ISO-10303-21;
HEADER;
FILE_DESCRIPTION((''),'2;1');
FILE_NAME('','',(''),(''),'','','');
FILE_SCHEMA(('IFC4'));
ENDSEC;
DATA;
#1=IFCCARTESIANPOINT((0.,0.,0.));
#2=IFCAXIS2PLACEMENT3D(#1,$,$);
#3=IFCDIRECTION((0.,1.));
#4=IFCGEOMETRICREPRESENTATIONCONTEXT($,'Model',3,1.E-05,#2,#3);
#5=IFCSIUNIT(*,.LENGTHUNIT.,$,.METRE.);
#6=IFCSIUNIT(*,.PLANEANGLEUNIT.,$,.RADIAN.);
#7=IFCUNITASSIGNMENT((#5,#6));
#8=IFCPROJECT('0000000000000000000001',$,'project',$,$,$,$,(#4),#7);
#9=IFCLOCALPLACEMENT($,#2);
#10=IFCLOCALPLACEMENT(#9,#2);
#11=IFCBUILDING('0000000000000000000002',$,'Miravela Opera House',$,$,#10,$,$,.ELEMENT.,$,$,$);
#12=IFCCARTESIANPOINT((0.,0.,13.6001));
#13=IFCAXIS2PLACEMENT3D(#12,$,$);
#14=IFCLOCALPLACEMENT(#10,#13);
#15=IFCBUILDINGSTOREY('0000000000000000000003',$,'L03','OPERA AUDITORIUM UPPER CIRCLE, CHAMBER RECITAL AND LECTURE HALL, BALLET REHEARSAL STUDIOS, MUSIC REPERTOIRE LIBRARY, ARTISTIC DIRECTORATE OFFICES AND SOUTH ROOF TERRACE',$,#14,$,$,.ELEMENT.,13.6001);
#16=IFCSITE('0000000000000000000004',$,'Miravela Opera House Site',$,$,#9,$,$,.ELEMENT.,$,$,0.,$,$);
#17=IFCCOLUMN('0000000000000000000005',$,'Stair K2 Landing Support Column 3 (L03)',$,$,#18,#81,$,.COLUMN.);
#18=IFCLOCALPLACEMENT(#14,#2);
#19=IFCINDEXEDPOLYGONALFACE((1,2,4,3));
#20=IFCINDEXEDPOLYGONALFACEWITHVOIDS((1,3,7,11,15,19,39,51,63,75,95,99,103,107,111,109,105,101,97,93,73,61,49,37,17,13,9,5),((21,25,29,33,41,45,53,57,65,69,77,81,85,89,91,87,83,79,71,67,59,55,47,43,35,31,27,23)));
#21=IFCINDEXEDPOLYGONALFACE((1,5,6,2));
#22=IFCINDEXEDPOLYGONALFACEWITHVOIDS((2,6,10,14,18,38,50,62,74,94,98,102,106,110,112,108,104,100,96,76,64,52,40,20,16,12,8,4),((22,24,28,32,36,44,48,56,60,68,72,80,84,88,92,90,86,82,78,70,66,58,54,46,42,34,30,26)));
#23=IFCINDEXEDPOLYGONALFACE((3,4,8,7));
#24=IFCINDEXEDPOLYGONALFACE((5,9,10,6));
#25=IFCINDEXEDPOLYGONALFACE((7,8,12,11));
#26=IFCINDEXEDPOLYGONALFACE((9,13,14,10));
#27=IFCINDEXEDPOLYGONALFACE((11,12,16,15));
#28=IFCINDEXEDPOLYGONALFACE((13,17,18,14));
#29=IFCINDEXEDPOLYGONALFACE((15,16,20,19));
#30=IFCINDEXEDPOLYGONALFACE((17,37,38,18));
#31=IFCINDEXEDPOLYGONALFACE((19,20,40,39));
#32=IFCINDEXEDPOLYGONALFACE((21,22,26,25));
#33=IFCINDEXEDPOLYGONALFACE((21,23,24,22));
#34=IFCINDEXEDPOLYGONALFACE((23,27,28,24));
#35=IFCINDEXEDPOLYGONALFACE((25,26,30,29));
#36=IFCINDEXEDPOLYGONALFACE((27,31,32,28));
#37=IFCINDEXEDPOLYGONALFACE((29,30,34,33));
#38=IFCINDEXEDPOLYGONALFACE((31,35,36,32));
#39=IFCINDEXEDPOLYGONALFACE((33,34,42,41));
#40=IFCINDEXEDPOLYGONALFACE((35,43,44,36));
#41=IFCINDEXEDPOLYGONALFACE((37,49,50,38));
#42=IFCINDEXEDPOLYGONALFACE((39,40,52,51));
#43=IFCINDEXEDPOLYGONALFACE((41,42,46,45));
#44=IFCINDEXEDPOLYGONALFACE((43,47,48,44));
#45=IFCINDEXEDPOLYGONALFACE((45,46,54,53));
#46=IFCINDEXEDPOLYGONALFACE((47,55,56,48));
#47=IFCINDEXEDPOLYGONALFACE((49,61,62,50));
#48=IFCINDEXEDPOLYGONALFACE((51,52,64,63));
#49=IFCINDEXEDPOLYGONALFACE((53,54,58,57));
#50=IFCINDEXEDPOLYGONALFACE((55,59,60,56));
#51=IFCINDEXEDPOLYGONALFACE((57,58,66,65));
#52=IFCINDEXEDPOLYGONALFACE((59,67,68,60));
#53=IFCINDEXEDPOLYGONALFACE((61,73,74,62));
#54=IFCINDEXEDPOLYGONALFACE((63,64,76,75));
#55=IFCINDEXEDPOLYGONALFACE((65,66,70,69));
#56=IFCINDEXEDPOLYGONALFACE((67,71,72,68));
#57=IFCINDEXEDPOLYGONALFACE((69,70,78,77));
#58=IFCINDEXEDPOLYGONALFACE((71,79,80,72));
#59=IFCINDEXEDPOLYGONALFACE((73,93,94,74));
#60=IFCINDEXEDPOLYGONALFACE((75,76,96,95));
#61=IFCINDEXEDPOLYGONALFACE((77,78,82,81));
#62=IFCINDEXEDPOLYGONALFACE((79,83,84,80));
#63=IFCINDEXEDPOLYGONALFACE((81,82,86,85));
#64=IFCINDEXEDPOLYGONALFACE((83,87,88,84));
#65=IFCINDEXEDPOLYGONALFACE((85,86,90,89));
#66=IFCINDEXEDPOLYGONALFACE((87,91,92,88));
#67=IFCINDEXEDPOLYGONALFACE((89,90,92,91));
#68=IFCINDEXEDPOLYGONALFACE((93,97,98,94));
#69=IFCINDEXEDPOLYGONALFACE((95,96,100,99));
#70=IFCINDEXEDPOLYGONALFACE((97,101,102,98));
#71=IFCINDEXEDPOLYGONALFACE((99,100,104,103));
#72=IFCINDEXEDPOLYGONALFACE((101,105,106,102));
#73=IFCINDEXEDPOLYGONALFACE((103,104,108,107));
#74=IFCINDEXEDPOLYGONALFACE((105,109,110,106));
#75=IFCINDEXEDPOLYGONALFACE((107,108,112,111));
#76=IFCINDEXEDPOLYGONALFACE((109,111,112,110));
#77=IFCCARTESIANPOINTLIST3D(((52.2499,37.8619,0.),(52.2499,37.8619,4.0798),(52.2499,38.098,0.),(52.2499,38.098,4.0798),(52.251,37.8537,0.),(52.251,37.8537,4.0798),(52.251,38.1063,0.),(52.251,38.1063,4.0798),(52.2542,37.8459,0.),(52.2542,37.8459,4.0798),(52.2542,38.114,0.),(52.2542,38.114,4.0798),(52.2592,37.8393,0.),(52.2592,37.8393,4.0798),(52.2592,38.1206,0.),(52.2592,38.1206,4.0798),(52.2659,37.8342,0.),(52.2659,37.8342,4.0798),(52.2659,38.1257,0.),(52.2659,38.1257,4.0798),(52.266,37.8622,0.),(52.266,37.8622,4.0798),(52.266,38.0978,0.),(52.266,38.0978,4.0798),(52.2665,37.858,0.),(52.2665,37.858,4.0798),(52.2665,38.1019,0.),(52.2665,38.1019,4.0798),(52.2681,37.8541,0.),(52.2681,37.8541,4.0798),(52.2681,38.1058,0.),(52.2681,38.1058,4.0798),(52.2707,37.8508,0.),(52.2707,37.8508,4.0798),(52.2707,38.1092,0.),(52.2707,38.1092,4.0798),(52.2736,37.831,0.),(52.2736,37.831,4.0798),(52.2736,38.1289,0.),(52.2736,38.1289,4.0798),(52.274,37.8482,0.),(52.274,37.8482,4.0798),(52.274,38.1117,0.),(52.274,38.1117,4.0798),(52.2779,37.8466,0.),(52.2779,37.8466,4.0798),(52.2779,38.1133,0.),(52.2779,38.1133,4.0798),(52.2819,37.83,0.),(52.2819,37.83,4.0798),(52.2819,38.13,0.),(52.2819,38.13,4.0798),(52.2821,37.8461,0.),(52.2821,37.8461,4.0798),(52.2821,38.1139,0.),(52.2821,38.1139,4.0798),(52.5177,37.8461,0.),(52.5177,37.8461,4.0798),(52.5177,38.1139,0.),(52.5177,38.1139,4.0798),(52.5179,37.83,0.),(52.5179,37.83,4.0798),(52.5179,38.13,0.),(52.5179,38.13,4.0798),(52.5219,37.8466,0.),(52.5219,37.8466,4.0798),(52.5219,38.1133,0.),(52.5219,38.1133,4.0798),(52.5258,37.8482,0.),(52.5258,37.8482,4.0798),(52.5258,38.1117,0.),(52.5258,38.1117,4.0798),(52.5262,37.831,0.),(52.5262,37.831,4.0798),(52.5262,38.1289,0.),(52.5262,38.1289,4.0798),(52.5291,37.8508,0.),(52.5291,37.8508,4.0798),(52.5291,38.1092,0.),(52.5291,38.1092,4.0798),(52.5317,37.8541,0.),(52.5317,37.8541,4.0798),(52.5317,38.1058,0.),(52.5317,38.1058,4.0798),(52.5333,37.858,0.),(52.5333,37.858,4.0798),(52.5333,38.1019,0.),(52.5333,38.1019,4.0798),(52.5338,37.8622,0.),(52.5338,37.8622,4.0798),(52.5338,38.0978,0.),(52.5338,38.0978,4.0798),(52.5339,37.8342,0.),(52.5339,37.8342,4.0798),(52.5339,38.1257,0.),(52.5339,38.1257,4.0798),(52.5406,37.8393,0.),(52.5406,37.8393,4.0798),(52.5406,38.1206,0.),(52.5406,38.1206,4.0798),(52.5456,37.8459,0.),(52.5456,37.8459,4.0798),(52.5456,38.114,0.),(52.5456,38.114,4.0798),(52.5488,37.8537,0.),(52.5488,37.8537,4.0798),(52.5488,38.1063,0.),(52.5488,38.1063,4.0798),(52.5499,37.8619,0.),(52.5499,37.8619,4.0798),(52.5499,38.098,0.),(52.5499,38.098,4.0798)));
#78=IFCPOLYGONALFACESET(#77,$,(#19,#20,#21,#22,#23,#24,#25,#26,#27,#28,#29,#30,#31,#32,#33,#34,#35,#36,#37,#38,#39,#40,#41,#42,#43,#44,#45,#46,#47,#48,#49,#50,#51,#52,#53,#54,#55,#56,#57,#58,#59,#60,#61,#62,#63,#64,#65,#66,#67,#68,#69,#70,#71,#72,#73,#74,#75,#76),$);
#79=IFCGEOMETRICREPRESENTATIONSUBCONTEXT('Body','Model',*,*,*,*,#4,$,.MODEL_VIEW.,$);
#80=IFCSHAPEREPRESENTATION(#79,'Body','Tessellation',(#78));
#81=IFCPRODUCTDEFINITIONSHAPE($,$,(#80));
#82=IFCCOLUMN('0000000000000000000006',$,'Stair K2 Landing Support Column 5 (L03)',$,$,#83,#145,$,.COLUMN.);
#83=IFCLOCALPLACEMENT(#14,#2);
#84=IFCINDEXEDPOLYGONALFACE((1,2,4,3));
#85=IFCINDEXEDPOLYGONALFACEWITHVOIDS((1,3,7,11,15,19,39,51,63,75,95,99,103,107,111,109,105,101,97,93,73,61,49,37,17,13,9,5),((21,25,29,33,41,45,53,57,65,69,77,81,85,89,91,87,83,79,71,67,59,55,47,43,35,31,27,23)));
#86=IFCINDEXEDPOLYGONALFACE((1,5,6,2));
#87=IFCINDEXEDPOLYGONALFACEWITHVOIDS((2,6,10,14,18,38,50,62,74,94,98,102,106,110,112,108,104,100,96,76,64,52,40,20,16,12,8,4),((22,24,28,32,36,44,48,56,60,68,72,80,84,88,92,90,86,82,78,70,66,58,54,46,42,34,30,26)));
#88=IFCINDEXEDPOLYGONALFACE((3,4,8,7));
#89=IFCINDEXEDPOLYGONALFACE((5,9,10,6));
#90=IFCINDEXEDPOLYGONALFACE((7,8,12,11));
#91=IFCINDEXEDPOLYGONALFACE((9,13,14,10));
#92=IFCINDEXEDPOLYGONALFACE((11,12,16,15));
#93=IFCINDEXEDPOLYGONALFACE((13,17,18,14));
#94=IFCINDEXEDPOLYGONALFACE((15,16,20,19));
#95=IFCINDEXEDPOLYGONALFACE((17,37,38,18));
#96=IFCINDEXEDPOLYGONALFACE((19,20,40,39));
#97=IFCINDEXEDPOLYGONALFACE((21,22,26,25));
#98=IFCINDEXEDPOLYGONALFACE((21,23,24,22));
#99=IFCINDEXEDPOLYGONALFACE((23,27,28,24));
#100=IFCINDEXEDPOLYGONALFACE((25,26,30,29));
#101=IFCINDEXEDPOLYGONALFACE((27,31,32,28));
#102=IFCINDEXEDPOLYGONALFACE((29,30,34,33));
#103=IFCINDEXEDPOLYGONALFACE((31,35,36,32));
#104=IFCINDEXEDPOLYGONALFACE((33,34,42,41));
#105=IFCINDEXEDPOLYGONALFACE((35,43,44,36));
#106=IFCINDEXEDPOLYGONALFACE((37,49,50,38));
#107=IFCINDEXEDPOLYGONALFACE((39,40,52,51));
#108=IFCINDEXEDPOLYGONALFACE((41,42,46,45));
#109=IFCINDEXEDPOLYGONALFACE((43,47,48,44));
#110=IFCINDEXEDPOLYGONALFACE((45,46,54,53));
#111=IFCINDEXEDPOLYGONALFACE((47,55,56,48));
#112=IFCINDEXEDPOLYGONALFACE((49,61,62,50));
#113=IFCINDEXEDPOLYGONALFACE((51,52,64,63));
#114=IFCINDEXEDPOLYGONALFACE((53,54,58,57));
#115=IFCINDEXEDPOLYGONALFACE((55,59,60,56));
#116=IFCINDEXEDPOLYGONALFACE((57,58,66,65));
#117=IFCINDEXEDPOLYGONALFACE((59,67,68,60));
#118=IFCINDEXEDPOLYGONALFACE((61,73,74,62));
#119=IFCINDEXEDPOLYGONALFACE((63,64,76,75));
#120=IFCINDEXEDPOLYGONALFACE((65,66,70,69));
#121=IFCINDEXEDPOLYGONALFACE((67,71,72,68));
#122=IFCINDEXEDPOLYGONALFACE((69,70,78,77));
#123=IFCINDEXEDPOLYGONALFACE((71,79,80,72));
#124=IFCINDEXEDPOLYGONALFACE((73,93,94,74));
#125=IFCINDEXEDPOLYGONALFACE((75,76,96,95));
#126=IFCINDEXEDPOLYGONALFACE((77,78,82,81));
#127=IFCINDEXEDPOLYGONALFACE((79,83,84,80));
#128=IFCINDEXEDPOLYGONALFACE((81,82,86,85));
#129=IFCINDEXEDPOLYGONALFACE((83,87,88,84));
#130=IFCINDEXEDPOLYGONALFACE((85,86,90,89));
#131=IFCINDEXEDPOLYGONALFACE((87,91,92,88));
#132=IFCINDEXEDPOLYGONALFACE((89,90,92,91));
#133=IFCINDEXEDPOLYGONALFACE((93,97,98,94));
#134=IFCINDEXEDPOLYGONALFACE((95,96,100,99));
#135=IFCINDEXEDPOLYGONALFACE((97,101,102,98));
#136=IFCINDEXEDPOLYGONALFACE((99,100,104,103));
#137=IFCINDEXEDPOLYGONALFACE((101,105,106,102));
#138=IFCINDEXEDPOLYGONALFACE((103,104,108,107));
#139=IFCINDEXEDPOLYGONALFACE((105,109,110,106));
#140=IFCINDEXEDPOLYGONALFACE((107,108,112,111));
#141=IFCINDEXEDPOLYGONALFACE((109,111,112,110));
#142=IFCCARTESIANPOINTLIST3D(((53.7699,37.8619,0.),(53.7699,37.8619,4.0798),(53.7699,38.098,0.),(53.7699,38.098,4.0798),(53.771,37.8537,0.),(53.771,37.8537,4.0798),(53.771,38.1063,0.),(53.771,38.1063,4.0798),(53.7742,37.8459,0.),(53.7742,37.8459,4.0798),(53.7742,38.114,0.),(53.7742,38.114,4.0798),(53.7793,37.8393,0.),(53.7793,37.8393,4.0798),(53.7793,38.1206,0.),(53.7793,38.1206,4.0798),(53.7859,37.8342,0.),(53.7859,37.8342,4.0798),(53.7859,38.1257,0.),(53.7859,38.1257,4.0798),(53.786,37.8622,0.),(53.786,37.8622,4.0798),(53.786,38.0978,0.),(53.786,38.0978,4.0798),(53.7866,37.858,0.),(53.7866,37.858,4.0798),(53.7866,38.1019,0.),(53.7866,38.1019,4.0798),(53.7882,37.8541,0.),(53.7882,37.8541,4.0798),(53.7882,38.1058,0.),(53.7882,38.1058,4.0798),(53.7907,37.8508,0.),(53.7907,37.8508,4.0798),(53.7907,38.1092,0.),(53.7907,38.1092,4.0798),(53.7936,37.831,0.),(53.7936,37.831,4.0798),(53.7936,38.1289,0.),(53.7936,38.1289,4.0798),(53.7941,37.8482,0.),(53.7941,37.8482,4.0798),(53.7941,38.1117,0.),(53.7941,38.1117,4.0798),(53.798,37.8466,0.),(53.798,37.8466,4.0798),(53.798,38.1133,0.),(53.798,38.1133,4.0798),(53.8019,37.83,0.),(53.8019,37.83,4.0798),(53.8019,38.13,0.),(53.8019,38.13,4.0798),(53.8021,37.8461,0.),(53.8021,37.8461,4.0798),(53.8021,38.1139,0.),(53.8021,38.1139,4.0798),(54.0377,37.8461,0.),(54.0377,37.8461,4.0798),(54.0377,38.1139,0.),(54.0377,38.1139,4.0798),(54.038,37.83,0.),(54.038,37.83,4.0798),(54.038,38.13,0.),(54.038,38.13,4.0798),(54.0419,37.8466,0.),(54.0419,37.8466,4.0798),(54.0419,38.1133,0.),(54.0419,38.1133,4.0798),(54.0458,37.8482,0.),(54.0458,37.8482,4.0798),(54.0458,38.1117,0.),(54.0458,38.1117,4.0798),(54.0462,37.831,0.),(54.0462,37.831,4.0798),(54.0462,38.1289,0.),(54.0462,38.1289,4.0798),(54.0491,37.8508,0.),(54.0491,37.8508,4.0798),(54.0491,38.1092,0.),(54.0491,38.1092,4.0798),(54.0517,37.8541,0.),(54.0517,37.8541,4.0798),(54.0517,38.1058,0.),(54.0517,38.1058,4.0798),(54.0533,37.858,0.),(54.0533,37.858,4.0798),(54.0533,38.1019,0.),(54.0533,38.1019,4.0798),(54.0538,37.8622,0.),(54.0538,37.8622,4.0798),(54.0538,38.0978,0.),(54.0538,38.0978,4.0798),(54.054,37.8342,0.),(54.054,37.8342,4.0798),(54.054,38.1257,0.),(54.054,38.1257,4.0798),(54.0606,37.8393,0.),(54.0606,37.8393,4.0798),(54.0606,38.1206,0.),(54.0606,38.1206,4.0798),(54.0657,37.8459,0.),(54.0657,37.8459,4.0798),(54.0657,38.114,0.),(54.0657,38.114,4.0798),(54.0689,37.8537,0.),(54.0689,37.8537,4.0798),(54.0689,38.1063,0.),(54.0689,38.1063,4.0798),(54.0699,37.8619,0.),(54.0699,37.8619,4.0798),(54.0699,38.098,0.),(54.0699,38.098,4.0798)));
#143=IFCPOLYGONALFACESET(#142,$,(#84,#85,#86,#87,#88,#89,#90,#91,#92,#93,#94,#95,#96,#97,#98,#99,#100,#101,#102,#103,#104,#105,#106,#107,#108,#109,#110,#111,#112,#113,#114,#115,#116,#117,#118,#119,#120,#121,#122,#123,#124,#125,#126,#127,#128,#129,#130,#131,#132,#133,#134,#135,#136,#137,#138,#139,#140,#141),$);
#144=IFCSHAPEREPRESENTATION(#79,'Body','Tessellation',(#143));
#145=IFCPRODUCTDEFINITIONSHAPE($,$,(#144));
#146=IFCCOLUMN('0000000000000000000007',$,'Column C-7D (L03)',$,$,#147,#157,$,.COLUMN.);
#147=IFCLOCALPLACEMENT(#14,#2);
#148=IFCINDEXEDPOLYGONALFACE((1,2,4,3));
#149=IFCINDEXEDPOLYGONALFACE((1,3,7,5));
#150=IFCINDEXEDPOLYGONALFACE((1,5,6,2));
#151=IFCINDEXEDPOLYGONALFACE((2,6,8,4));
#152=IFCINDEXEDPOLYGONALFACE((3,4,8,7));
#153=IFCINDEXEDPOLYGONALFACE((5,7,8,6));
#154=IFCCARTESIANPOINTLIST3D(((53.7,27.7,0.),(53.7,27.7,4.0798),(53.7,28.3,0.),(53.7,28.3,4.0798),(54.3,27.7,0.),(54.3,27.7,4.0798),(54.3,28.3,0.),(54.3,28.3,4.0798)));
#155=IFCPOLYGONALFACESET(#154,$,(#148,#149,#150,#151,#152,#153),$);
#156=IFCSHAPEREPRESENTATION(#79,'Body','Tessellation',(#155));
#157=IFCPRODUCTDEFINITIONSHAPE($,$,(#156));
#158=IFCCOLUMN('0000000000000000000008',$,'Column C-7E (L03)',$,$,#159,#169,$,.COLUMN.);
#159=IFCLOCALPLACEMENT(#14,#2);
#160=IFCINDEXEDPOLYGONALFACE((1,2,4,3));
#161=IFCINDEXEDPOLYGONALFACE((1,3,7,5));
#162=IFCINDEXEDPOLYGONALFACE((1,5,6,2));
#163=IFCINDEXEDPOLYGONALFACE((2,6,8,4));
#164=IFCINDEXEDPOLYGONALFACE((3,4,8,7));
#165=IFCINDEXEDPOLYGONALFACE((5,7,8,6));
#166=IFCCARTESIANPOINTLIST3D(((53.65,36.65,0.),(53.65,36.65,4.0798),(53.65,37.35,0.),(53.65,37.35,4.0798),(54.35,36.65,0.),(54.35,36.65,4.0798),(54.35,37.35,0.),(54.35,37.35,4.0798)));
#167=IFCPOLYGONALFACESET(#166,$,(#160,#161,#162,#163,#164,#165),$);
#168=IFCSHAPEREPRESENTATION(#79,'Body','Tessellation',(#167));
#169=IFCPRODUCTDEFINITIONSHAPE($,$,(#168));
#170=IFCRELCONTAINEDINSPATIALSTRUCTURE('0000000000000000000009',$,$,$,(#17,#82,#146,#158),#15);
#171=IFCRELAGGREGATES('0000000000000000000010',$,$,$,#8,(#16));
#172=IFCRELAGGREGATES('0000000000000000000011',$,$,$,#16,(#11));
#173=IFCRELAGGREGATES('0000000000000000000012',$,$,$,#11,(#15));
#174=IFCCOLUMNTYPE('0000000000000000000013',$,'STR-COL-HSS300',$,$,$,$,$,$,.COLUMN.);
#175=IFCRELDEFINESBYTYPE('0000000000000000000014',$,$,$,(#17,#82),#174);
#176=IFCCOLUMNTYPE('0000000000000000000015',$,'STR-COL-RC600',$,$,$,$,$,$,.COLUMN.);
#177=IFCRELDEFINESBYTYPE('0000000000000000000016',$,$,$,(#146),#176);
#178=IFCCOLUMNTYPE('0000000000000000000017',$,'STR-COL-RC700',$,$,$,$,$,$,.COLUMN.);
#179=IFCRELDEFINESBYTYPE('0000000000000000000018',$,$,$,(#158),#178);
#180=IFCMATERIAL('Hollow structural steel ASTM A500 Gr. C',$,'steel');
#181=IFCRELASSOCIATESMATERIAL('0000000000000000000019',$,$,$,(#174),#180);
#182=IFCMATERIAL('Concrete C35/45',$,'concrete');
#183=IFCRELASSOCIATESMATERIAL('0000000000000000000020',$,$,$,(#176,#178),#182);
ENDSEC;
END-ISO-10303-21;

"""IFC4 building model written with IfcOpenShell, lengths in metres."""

from ifc_helpers import new_model, si_unit, direction, frame, origin, origin_2d, place, context, subcontext, project, spatial, rectangle, hollow_rectangle, extrude, material, material_profile, profile_set, type_object, element, save


model = new_model("IFC4")

# Units and contexts
model_context = context("Model", 3, precision=1e-05, world=origin(), true_north=direction((0.0, 1.0)))
body_context = subcontext(model_context, "Body", "Model", "MODEL_VIEW")
ifc_project = project(units=[si_unit("LENGTHUNIT", "METRE"), si_unit("PLANEANGLEUNIT", "RADIAN")], contexts=[model_context])

# Site, building, storey
site_placement = place(None, origin())
site = spatial("IfcSite", under=ifc_project, at=site_placement, Name="Miravela Opera House Site", CompositionType="ELEMENT", RefElevation=0.0)
building_placement = place(site_placement, origin())
building = spatial("IfcBuilding", under=site, at=building_placement, Name="Miravela Opera House", CompositionType="ELEMENT")
storey_placement = place(building_placement, frame((0.0, 0.0, 13.6001)))
storey = spatial("IfcBuildingStorey", under=building, at=storey_placement, Name="L03", Description="OPERA AUDITORIUM UPPER CIRCLE, CHAMBER RECITAL AND LECTURE HALL, BALLET REHEARSAL STUDIOS, MUSIC REPERTOIRE LIBRARY, ARTISTIC DIRECTORATE OFFICES AND SOUTH ROOF TERRACE", CompositionType="ELEMENT", Elevation=13.6001)

# Columns
ifc_material_1 = material(Name="Hollow structural steel ASTM A500 Gr. C", Category="steel")
ifc_material_profile_1 = material_profile(ifc_material_1, hollow_rectangle(XDim=0.3, YDim=0.3, WallThickness=0.0161, InnerFilletRadius=0.0161, OuterFilletRadius=0.032, at=origin_2d()), Name="HSS300X300X16")
ifc_profile_set_1 = profile_set([ifc_material_profile_1])
column_type_1 = type_object("IfcColumnType", Name="STR-COL-HSS300", PredefinedType="COLUMN", material=ifc_profile_set_1)
for number, where, z_axis, x_axis, name in (
    (1, (52.3999, 37.98, 0.0), (0.0, 0.0, 1.0), (1.0, 0.0, 0.0), "Stair K2 Landing Support Column 3 (L03)"),
    (2, (53.9199, 37.98, 0.0), (0.0, 0.0, 1.0), (1.0, 0.0, 0.0), "Stair K2 Landing Support Column 5 (L03)"),
):
    element("IfcColumn", number, at=place(storey_placement, frame(where, z_axis=z_axis, x_axis=x_axis)), inside=storey, type_object=column_type_1, Name=name, PredefinedType="COLUMN", context=body_context, shape_type="SweptSolid", body=[
        extrude(hollow_rectangle(XDim=0.3, YDim=0.3, WallThickness=0.0161, InnerFilletRadius=0.0161, OuterFilletRadius=0.032, at=origin_2d()), origin(), (0.0, 0.0, 1.0), 4.0798),
    ])
ifc_material_2 = material(Name="Concrete C35/45", Category="concrete")
ifc_material_profile_2 = material_profile(ifc_material_2, rectangle(XDim=0.6001, YDim=0.6001, at=origin_2d()), Name="RC-COL-600X600")
ifc_profile_set_2 = profile_set([ifc_material_profile_2])
column_type_2 = type_object("IfcColumnType", Name="STR-COL-RC600", PredefinedType="COLUMN", material=ifc_profile_set_2)
column_1_placement = place(storey_placement, frame((54.0, 28.0, 0.0), z_axis=(0.0, 0.0, 1.0), x_axis=(1.0, 0.0, 0.0)))
element("IfcColumn", 3, at=column_1_placement, inside=storey, type_object=column_type_2, Name="Column C-7D (L03)", PredefinedType="COLUMN", context=body_context, shape_type="SweptSolid", body=[
    extrude(rectangle(XDim=0.6001, YDim=0.6001, at=origin_2d()), origin(), (0.0, 0.0, 1.0), 4.0798),
])
ifc_material_profile_3 = material_profile(ifc_material_2, rectangle(XDim=0.7, YDim=0.7, at=origin_2d()), Name="RC-COL-700X700")
ifc_profile_set_3 = profile_set([ifc_material_profile_3])
column_type_3 = type_object("IfcColumnType", Name="STR-COL-RC700", PredefinedType="COLUMN", material=ifc_profile_set_3)
column_2_placement = place(storey_placement, frame((54.0, 37.0, 0.0), z_axis=(0.0, 0.0, 1.0), x_axis=(1.0, 0.0, 0.0)))
element("IfcColumn", 4, at=column_2_placement, inside=storey, type_object=column_type_3, Name="Column C-7E (L03)", PredefinedType="COLUMN", context=body_context, shape_type="SweptSolid", body=[
    extrude(rectangle(XDim=0.7, YDim=0.7, at=origin_2d()), origin(), (0.0, 0.0, 1.0), 4.0798),
])

save(model, "model.ifc")
